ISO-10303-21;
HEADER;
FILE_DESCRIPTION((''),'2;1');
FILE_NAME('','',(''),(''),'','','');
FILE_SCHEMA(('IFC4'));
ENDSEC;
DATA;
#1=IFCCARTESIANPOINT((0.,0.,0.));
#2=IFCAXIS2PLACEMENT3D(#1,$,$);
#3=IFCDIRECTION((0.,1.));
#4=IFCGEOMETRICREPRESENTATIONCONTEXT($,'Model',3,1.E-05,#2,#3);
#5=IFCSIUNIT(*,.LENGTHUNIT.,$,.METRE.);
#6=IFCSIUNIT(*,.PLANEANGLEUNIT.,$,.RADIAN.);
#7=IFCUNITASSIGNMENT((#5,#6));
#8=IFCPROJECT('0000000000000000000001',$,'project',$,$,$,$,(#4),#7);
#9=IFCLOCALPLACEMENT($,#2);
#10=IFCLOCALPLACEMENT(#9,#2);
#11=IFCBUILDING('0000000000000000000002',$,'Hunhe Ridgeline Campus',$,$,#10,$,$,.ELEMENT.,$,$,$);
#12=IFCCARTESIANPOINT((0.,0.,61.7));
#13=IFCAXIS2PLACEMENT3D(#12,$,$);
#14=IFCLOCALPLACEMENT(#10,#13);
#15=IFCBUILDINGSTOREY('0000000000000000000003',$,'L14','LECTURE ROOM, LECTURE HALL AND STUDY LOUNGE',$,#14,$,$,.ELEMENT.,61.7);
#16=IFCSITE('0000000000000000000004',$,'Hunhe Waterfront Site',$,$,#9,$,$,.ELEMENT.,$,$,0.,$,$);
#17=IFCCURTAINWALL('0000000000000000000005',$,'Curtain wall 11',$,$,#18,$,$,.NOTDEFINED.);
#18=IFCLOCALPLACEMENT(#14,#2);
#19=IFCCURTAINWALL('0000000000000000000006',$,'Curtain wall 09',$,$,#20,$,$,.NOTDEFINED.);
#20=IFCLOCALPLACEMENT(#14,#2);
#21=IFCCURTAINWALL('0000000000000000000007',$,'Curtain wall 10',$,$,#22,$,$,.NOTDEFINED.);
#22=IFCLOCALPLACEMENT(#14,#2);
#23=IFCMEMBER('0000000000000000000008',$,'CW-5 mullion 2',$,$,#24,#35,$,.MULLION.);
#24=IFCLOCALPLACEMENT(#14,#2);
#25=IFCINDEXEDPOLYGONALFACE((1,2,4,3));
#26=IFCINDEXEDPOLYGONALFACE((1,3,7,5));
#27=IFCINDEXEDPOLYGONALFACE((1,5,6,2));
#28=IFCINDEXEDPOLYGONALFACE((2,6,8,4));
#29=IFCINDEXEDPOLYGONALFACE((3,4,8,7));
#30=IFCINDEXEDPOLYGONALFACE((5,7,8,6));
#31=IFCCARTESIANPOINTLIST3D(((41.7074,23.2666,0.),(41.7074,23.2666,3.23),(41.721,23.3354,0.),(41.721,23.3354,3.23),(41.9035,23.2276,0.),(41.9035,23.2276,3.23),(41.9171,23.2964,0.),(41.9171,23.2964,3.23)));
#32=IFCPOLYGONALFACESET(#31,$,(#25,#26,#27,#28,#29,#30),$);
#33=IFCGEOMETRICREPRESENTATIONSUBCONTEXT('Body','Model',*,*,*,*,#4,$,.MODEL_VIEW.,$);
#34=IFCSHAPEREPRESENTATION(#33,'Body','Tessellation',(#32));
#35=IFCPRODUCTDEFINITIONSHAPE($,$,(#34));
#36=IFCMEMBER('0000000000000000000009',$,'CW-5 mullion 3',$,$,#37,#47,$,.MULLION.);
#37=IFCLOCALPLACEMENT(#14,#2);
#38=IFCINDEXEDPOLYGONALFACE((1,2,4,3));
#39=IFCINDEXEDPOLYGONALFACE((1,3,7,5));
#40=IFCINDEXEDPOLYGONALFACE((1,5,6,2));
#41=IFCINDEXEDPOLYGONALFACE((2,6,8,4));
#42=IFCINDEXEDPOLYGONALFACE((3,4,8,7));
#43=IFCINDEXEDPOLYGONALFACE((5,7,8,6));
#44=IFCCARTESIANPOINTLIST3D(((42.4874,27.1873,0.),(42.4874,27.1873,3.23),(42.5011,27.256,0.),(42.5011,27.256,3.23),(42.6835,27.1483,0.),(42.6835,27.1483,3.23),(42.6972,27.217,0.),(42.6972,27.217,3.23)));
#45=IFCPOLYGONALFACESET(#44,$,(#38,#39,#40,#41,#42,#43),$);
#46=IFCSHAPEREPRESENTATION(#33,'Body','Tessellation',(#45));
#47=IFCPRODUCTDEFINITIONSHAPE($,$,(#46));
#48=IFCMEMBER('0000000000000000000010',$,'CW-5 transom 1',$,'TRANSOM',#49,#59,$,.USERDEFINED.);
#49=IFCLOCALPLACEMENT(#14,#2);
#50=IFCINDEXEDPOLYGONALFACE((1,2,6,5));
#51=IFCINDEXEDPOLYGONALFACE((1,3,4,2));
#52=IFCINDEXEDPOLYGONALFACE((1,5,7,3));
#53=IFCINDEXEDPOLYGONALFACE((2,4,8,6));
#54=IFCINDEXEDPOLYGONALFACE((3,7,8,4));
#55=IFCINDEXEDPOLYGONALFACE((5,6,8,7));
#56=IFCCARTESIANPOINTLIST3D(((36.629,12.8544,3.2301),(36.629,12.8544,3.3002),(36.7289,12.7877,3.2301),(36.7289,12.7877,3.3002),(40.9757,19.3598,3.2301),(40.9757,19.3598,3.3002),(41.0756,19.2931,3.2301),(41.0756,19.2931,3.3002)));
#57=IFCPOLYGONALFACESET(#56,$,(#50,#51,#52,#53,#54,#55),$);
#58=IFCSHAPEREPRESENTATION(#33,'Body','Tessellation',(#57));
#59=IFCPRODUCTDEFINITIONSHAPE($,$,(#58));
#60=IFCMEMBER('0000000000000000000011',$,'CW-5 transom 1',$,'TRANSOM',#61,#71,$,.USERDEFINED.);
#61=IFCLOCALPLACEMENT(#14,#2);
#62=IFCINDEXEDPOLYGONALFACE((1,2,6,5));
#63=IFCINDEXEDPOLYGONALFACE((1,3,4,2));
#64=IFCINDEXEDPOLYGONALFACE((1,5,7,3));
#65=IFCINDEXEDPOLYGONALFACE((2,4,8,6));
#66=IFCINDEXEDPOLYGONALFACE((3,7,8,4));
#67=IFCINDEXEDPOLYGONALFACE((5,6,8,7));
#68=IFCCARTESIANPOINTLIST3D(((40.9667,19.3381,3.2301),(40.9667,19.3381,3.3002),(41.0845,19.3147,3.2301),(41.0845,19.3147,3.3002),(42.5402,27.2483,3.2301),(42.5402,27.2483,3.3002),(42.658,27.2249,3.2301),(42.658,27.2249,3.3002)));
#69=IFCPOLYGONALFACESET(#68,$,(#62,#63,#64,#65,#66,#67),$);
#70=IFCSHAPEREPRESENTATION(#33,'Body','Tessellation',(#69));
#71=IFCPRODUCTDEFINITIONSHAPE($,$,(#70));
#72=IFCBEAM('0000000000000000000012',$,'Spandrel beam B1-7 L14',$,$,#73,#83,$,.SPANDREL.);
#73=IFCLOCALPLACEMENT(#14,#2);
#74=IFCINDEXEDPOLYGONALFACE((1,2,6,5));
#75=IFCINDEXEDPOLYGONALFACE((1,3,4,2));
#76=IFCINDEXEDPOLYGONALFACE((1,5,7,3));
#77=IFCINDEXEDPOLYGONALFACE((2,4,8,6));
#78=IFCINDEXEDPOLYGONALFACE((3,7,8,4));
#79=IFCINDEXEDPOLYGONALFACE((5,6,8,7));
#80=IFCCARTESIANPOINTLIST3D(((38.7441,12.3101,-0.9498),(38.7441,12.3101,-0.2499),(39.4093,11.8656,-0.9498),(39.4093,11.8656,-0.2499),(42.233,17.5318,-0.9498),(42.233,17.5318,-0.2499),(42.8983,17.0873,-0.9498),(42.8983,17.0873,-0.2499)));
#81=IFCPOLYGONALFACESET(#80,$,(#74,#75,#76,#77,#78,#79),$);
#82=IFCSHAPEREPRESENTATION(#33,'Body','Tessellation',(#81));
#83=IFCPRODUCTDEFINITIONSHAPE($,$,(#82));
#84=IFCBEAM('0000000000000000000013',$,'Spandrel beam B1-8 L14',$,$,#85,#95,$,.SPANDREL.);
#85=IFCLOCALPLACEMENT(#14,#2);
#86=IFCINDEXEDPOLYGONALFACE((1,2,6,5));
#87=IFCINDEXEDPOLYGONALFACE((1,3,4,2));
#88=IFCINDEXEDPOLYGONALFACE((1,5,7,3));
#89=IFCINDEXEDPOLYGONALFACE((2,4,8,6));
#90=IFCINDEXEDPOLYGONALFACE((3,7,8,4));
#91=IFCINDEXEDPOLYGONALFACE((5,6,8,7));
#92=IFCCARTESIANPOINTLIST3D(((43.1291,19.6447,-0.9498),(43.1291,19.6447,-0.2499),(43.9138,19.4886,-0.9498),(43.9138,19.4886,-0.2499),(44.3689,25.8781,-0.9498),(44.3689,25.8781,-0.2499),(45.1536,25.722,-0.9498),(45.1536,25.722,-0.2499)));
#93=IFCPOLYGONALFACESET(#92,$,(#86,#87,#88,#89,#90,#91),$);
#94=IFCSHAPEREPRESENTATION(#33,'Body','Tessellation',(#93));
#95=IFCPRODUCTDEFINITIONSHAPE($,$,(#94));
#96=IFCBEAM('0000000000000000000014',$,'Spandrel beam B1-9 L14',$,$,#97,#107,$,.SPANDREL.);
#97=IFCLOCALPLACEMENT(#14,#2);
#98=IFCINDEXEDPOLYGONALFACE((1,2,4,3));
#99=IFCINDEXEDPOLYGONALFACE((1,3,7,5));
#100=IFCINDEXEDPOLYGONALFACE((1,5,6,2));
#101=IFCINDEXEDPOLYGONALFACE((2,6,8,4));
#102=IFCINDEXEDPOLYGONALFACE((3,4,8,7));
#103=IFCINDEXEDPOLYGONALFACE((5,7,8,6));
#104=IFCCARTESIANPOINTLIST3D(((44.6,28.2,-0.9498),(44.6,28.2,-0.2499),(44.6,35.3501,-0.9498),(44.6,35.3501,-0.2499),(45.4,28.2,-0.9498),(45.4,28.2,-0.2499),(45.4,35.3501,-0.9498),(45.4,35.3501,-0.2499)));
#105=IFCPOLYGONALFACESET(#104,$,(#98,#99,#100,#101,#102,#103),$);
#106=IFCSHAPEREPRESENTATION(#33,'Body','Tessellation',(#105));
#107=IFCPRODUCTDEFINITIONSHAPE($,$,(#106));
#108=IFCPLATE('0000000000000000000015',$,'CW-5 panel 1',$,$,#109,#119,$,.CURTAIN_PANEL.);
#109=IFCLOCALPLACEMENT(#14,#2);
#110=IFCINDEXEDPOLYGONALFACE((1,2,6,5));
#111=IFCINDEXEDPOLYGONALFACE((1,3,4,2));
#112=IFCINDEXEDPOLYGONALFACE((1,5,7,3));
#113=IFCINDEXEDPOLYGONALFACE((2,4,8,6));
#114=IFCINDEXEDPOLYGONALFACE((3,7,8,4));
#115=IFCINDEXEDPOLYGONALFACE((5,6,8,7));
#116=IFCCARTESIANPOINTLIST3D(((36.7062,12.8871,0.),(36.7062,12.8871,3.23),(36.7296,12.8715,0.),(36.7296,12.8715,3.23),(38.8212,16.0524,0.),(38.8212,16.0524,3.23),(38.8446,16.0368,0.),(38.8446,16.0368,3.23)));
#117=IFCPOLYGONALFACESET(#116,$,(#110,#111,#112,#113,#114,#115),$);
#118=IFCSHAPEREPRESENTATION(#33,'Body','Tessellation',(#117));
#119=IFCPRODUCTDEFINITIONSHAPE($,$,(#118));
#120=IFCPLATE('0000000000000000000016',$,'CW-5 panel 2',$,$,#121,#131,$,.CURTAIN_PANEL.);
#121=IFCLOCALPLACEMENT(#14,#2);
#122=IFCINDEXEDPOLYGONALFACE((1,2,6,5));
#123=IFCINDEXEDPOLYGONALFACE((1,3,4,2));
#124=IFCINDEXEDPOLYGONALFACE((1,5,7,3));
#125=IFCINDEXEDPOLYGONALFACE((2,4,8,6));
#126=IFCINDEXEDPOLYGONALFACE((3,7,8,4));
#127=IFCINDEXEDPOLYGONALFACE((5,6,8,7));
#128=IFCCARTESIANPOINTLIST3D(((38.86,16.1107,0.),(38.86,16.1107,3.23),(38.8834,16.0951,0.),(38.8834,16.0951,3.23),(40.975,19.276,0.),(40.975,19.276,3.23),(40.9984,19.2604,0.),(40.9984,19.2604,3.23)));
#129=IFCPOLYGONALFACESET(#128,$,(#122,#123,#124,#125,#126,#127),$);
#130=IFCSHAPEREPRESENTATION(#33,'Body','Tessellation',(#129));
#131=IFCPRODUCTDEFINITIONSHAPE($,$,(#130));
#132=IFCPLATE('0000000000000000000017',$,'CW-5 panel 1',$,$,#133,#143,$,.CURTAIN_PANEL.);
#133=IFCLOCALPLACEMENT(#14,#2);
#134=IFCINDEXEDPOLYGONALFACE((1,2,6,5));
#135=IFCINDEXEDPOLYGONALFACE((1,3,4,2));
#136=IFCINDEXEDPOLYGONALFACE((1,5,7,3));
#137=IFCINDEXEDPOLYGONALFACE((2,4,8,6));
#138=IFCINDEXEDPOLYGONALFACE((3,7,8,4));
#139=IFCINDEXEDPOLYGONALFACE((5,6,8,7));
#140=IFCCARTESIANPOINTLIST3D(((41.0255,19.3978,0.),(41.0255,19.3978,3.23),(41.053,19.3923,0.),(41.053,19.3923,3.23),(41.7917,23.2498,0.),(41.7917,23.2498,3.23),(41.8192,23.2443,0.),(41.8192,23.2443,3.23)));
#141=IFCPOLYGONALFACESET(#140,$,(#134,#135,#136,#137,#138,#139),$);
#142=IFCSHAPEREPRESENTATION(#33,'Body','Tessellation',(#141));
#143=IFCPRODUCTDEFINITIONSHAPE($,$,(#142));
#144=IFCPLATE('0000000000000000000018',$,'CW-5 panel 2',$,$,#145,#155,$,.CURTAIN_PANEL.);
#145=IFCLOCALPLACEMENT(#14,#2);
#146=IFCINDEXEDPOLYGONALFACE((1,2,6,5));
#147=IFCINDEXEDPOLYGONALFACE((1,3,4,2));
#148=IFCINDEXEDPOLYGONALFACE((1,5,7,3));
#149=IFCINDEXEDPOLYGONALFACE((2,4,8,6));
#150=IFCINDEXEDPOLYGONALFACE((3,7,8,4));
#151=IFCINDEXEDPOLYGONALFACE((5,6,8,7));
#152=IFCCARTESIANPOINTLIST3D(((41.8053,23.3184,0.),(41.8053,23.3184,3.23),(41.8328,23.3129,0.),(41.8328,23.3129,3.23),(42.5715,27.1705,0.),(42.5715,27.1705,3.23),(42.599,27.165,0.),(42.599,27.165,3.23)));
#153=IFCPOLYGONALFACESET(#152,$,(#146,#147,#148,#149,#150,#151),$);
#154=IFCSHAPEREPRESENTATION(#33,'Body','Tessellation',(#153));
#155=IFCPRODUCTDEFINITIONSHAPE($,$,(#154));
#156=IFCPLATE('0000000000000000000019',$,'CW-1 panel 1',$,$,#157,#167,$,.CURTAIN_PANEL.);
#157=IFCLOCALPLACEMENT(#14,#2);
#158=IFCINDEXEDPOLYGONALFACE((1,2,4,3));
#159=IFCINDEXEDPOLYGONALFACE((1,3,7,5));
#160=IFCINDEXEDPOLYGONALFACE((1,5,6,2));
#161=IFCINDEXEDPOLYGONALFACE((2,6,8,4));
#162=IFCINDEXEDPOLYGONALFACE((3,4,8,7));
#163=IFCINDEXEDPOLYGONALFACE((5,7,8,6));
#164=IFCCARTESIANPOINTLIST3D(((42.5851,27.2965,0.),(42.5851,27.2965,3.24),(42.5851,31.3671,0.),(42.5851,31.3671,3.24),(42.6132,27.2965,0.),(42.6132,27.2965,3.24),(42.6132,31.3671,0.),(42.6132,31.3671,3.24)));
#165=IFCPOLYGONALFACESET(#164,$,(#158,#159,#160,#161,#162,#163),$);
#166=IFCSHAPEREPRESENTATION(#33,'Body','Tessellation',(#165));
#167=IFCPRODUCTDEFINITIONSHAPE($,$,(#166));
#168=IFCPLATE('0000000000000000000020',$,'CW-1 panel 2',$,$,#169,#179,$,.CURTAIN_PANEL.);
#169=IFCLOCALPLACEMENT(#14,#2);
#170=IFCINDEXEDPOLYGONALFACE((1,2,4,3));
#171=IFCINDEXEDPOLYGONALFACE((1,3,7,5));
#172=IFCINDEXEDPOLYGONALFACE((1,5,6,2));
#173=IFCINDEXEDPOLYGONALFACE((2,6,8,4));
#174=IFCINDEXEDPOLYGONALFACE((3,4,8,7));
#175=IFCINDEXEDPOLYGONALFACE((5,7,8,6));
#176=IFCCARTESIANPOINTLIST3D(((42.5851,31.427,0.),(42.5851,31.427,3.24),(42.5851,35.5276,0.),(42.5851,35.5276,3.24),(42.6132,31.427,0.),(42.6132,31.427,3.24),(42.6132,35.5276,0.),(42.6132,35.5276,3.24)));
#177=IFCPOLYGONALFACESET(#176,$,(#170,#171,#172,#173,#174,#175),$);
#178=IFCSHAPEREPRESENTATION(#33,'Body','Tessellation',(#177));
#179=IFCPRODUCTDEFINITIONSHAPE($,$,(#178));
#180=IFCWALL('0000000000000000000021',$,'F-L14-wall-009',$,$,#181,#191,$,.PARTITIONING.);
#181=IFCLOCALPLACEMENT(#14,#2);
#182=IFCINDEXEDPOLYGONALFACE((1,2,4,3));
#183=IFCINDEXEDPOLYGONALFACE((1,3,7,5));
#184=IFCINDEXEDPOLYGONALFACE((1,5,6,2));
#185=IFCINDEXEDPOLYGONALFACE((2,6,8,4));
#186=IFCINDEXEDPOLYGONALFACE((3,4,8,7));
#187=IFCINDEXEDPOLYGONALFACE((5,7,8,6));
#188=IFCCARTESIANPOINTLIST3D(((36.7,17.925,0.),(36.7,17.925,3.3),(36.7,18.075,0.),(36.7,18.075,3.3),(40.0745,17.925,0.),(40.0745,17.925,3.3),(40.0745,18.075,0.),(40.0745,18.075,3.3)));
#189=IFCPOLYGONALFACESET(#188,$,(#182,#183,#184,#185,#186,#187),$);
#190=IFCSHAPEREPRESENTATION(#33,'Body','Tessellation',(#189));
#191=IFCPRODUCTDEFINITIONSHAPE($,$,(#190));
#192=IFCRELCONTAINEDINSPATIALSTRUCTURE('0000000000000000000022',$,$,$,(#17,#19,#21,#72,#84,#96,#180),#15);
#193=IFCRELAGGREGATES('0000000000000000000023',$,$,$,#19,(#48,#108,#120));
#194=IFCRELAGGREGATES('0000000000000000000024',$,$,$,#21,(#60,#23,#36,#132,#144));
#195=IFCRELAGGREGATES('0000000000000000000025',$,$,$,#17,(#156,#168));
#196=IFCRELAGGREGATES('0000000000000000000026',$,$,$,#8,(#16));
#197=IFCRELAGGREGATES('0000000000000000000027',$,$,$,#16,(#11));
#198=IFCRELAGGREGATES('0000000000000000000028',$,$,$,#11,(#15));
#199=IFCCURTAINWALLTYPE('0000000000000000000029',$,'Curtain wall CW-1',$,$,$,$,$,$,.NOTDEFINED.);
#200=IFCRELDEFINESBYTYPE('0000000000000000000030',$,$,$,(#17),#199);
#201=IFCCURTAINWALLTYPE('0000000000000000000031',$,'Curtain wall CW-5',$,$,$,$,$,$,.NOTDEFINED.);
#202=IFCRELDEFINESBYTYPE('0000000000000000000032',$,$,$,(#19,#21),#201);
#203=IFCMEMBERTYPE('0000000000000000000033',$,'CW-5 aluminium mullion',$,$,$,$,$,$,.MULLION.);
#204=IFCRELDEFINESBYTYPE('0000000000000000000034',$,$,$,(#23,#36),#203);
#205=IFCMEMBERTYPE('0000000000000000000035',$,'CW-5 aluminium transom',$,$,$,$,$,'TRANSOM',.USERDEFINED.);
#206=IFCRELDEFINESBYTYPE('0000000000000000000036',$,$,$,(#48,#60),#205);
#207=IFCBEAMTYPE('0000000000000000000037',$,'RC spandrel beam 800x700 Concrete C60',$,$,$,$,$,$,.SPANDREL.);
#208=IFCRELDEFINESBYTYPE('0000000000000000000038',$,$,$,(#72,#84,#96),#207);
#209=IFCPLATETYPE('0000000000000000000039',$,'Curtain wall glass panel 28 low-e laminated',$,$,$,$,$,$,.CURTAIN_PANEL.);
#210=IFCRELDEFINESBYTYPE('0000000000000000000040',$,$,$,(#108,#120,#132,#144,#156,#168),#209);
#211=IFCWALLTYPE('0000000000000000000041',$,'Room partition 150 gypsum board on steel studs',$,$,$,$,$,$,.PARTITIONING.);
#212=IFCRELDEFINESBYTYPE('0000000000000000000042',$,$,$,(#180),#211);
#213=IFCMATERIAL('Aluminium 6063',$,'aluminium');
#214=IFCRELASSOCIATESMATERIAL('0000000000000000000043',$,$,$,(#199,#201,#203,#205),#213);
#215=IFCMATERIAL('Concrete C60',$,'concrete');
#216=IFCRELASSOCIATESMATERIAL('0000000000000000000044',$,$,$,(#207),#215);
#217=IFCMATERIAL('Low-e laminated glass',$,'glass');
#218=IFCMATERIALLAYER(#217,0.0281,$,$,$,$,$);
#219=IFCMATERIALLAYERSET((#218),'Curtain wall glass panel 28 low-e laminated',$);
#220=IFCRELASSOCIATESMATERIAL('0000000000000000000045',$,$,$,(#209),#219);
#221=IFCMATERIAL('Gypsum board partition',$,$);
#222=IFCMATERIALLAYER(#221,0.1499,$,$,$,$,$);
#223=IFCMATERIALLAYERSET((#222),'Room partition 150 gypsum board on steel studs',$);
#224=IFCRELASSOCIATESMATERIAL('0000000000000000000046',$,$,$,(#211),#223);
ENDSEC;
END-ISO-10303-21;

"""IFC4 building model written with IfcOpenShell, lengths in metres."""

from ifc_helpers import new_model, si_unit, direction, frame, frame_2d, origin, origin_2d, place, context, subcontext, project, spatial, rectangle, extrude, material, layer, layer_set, material_profile, profile_set, type_object, element, aggregate, save


model = new_model("IFC4")

# Units and contexts
model_context = context("Model", 3, precision=1e-05, world=origin(), true_north=direction((0.0, 1.0)))
body_context = subcontext(model_context, "Body", "Model", "MODEL_VIEW")
ifc_project = project(units=[si_unit("LENGTHUNIT", "METRE"), si_unit("PLANEANGLEUNIT", "RADIAN")], contexts=[model_context])

# Site, building, storey
site_placement = place(None, origin())
site = spatial("IfcSite", under=ifc_project, at=site_placement, Name="Hunhe Waterfront Site", CompositionType="ELEMENT", RefElevation=0.0)
building_placement = place(site_placement, origin())
building = spatial("IfcBuilding", under=site, at=building_placement, Name="Hunhe Ridgeline Campus", CompositionType="ELEMENT")
storey_placement = place(building_placement, frame((0.0, 0.0, 61.7)))
storey = spatial("IfcBuildingStorey", under=building, at=storey_placement, Name="L14", Description="LECTURE ROOM, LECTURE HALL AND STUDY LOUNGE", CompositionType="ELEMENT", Elevation=61.7)

# Curtain wall
ifc_material_1 = material(Name="Aluminium 6063", Category="aluminium")
curtain_wall_type_1 = type_object("IfcCurtainWallType", Name="Curtain wall CW-1", PredefinedType="NOTDEFINED", material=ifc_material_1)
curtain_wall_1_placement = place(storey_placement, origin())
curtain_wall_1 = element("IfcCurtainWall", 1, at=curtain_wall_1_placement, inside=storey, type_object=curtain_wall_type_1, Name="Curtain wall 11", PredefinedType="NOTDEFINED")

# Shared definitions
curtain_wall_type_2 = type_object("IfcCurtainWallType", Name="Curtain wall CW-5", PredefinedType="NOTDEFINED", material=ifc_material_1)
ifc_material_profile_1 = material_profile(ifc_material_1, rectangle(XDim=0.2, YDim=0.0701, at=origin_2d()))
ifc_profile_set_1 = profile_set([ifc_material_profile_1], Name="Aluminium 6063")
member_type_1 = type_object("IfcMemberType", Name="CW-5 aluminium mullion", PredefinedType="MULLION", material=ifc_profile_set_1)

# Curtain walls, members
curtain_wall_2_placement = place(storey_placement, origin())
curtain_wall_2 = element("IfcCurtainWall", 2, at=curtain_wall_2_placement, inside=storey, type_object=curtain_wall_type_2, Name="Curtain wall 09", PredefinedType="NOTDEFINED")
curtain_wall_3_placement = place(storey_placement, origin())
curtain_wall_3 = element("IfcCurtainWall", 3, at=curtain_wall_3_placement, inside=storey, type_object=curtain_wall_type_2, Name="Curtain wall 10", PredefinedType="NOTDEFINED")
member_1_placement = place(storey_placement, frame((41.8123, 23.2815, 0.0), z_axis=(0.0, 0.0, 1.0), x_axis=(-0.980785, 0.19509, 0.0)))
member_1 = element("IfcMember", 4, at=member_1_placement, type_object=member_type_1, Name="CW-5 mullion 2", PredefinedType="MULLION", context=body_context, shape_type="SweptSolid", body=[
    extrude(rectangle(XDim=0.2, YDim=0.0701, at=origin_2d()), origin(), (0.0, 0.0, 1.0), 3.23),
])
member_2_placement = place(storey_placement, frame((42.5923, 27.2021, 0.0), z_axis=(0.0, 0.0, 1.0), x_axis=(-0.980785, 0.19509, 0.0)))
member_2 = element("IfcMember", 5, at=member_2_placement, type_object=member_type_1, Name="CW-5 mullion 3", PredefinedType="MULLION", context=body_context, shape_type="SweptSolid", body=[
    extrude(rectangle(XDim=0.2, YDim=0.0701, at=origin_2d()), origin(), (0.0, 0.0, 1.0), 3.23),
])

# Members
ifc_material_profile_2 = material_profile(ifc_material_1, rectangle(XDim=0.1201, YDim=0.0701, at=origin_2d()))
ifc_profile_set_2 = profile_set([ifc_material_profile_2], Name="Aluminium 6063")
member_type_2 = type_object("IfcMemberType", Name="CW-5 aluminium transom", ElementType="TRANSOM", PredefinedType="USERDEFINED", material=ifc_profile_set_2)
member_3_placement = place(storey_placement, frame((36.679, 12.821, 3.2651), z_axis=(0.555564, 0.831474, 0.0), x_axis=(-0.831474, 0.555564, 0.0)))
member_3 = element("IfcMember", 6, at=member_3_placement, type_object=member_type_2, Name="CW-5 transom 1", ObjectType="TRANSOM", PredefinedType="USERDEFINED", context=body_context, shape_type="SweptSolid", body=[
    extrude(rectangle(XDim=0.1201, YDim=0.0701, at=origin_2d()), origin(), (0.0, 0.0, 1.0), 7.824),
])
member_4_placement = place(storey_placement, frame((41.0256, 19.3264, 3.2651), z_axis=(0.195097, 0.980784, 0.0), x_axis=(-0.980784, 0.195097, 0.0)))
member_4 = element("IfcMember", 7, at=member_4_placement, type_object=member_type_2, Name="CW-5 transom 1", ObjectType="TRANSOM", PredefinedType="USERDEFINED", context=body_context, shape_type="SweptSolid", body=[
    extrude(rectangle(XDim=0.1201, YDim=0.0701, at=origin_2d()), origin(), (0.0, 0.0, 1.0), 8.0652),
])

# Beams
ifc_material_2 = material(Name="Concrete C60", Category="concrete")
ifc_material_profile_3 = material_profile(ifc_material_2, rectangle(XDim=0.8, YDim=0.7, at=origin_2d()))
ifc_profile_set_3 = profile_set([ifc_material_profile_3], Name="Concrete C60")
beam_type = type_object("IfcBeamType", Name="RC spandrel beam 800x700 Concrete C60", PredefinedType="SPANDREL", material=ifc_profile_set_3)
beam_1_placement = place(storey_placement, frame((39.0767, 12.0879, -0.5999), z_axis=(0.55557, 0.83147, 0.0), x_axis=(-0.83147, 0.55557, 0.0)))
element("IfcBeam", 8, at=beam_1_placement, inside=storey, type_object=beam_type, Name="Spandrel beam B1-7 L14", PredefinedType="SPANDREL", context=body_context, shape_type="SweptSolid", body=[
    extrude(rectangle(XDim=0.8, YDim=0.7, at=origin_2d()), origin(), (0.0, 0.0, 1.0), 6.28),
])
beam_2_placement = place(storey_placement, frame((43.5215, 19.5667, -0.5999), z_axis=(0.195067, 0.98079, 0.0), x_axis=(-0.98079, 0.195067, 0.0)))
element("IfcBeam", 9, at=beam_2_placement, inside=storey, type_object=beam_type, Name="Spandrel beam B1-8 L14", PredefinedType="SPANDREL", context=body_context, shape_type="SweptSolid", body=[
    extrude(rectangle(XDim=0.8, YDim=0.7, at=origin_2d()), origin(), (0.0, 0.0, 1.0), 6.3555),
])
beam_3_placement = place(storey_placement, frame((45.0, 28.2, -0.5999), z_axis=(0.0, 1.0, 0.0), x_axis=(-1.0, 0.0, 0.0)))
element("IfcBeam", 10, at=beam_3_placement, inside=storey, type_object=beam_type, Name="Spandrel beam B1-9 L14", PredefinedType="SPANDREL", context=body_context, shape_type="SweptSolid", body=[
    extrude(rectangle(XDim=0.8, YDim=0.7, at=origin_2d()), origin(), (0.0, 0.0, 1.0), 7.1501),
])

# Plates
ifc_material_3 = material(Name="Low-e laminated glass", Category="glass")
ifc_layer_1 = layer(ifc_material_3, 0.0281)
ifc_layer_set_1 = layer_set([ifc_layer_1], Name="Curtain wall glass panel 28 low-e laminated")
plate_type = type_object("IfcPlateType", Name="Curtain wall glass panel 28 low-e laminated", PredefinedType="CURTAIN_PANEL", material=ifc_layer_set_1)
plate_1_placement = place(storey_placement, frame((37.7754, 14.4619, 0.0), z_axis=(0.0, 0.0, 1.0), x_axis=(0.55557, 0.83147, 0.0)))
plate_1 = element("IfcPlate", 11, at=plate_1_placement, type_object=plate_type, Name="CW-5 panel 1", PredefinedType="CURTAIN_PANEL", context=body_context, shape_type="SweptSolid", body=[
    extrude(rectangle(XDim=3.8069, YDim=0.0281, at=origin_2d()), origin(), (0.0, 0.0, 1.0), 3.23),
])
plate_2_placement = place(storey_placement, frame((39.9292, 17.6855, 0.0), z_axis=(0.0, 0.0, 1.0), x_axis=(0.55557, 0.83147, 0.0)))
plate_2 = element("IfcPlate", 12, at=plate_2_placement, type_object=plate_type, Name="CW-5 panel 2", PredefinedType="CURTAIN_PANEL", context=body_context, shape_type="SweptSolid", body=[
    extrude(rectangle(XDim=3.8069, YDim=0.0281, at=origin_2d()), origin(), (0.0, 0.0, 1.0), 3.23),
])
aggregate(curtain_wall_2, [member_3, plate_1, plate_2])
plate_3_placement = place(storey_placement, frame((41.4224, 21.321, 0.0), z_axis=(0.0, 0.0, 1.0), x_axis=(0.19509, 0.980785, 0.0)))
plate_3 = element("IfcPlate", 13, at=plate_3_placement, type_object=plate_type, Name="CW-5 panel 1", PredefinedType="CURTAIN_PANEL", context=body_context, shape_type="SweptSolid", body=[
    extrude(rectangle(XDim=3.9275, YDim=0.0281, at=origin_2d()), origin(), (0.0, 0.0, 1.0), 3.23),
])
plate_4_placement = place(storey_placement, frame((42.2021, 25.2417, 0.0), z_axis=(0.0, 0.0, 1.0), x_axis=(0.19509, 0.980785, 0.0)))
plate_4 = element("IfcPlate", 14, at=plate_4_placement, type_object=plate_type, Name="CW-5 panel 2", PredefinedType="CURTAIN_PANEL", context=body_context, shape_type="SweptSolid", body=[
    extrude(rectangle(XDim=3.9275, YDim=0.0281, at=origin_2d()), origin(), (0.0, 0.0, 1.0), 3.23),
])
aggregate(curtain_wall_3, [member_4, member_1, member_2, plate_3, plate_4])
plate_5_placement = place(storey_placement, frame((42.5991, 29.3318, 0.0), z_axis=(0.0, 0.0, 1.0), x_axis=(0.0, 1.0, 0.0)))
plate_5 = element("IfcPlate", 15, at=plate_5_placement, type_object=plate_type, Name="CW-1 panel 1", PredefinedType="CURTAIN_PANEL", context=body_context, shape_type="SweptSolid", body=[
    extrude(rectangle(XDim=4.0706, YDim=0.0281, at=origin_2d()), origin(), (0.0, 0.0, 1.0), 3.24),
])
plate_6_placement = place(storey_placement, frame((42.5991, 33.4773, 0.0), z_axis=(0.0, 0.0, 1.0), x_axis=(0.0, 1.0, 0.0)))
plate_6 = element("IfcPlate", 16, at=plate_6_placement, type_object=plate_type, Name="CW-1 panel 2", PredefinedType="CURTAIN_PANEL", context=body_context, shape_type="SweptSolid", body=[
    extrude(rectangle(XDim=4.1006, YDim=0.0281, at=origin_2d()), origin(), (0.0, 0.0, 1.0), 3.24),
])
aggregate(curtain_wall_1, [plate_5, plate_6])

# Wall
ifc_material_4 = material(Name="Gypsum board partition")
ifc_layer_2 = layer(ifc_material_4, 0.1499)
ifc_layer_set_2 = layer_set([ifc_layer_2], Name="Room partition 150 gypsum board on steel studs")
wall_type = type_object("IfcWallType", Name="Room partition 150 gypsum board on steel studs", PredefinedType="PARTITIONING", material=ifc_layer_set_2)
wall_1_placement = place(storey_placement, frame((36.7, 18.0, 0.0), z_axis=(0.0, 0.0, 1.0), x_axis=(1.0, 0.0, 0.0)))
element("IfcWall", 17, at=wall_1_placement, inside=storey, type_object=wall_type, Name="F-L14-wall-009", PredefinedType="PARTITIONING", context=body_context, shape_type="SweptSolid", body=[
    extrude(rectangle(XDim=3.3745, YDim=0.1499, at=frame_2d((1.6873, 0.0))), origin(), (0.0, 0.0, 1.0), 3.3),
])

save(model, "model.ifc")
